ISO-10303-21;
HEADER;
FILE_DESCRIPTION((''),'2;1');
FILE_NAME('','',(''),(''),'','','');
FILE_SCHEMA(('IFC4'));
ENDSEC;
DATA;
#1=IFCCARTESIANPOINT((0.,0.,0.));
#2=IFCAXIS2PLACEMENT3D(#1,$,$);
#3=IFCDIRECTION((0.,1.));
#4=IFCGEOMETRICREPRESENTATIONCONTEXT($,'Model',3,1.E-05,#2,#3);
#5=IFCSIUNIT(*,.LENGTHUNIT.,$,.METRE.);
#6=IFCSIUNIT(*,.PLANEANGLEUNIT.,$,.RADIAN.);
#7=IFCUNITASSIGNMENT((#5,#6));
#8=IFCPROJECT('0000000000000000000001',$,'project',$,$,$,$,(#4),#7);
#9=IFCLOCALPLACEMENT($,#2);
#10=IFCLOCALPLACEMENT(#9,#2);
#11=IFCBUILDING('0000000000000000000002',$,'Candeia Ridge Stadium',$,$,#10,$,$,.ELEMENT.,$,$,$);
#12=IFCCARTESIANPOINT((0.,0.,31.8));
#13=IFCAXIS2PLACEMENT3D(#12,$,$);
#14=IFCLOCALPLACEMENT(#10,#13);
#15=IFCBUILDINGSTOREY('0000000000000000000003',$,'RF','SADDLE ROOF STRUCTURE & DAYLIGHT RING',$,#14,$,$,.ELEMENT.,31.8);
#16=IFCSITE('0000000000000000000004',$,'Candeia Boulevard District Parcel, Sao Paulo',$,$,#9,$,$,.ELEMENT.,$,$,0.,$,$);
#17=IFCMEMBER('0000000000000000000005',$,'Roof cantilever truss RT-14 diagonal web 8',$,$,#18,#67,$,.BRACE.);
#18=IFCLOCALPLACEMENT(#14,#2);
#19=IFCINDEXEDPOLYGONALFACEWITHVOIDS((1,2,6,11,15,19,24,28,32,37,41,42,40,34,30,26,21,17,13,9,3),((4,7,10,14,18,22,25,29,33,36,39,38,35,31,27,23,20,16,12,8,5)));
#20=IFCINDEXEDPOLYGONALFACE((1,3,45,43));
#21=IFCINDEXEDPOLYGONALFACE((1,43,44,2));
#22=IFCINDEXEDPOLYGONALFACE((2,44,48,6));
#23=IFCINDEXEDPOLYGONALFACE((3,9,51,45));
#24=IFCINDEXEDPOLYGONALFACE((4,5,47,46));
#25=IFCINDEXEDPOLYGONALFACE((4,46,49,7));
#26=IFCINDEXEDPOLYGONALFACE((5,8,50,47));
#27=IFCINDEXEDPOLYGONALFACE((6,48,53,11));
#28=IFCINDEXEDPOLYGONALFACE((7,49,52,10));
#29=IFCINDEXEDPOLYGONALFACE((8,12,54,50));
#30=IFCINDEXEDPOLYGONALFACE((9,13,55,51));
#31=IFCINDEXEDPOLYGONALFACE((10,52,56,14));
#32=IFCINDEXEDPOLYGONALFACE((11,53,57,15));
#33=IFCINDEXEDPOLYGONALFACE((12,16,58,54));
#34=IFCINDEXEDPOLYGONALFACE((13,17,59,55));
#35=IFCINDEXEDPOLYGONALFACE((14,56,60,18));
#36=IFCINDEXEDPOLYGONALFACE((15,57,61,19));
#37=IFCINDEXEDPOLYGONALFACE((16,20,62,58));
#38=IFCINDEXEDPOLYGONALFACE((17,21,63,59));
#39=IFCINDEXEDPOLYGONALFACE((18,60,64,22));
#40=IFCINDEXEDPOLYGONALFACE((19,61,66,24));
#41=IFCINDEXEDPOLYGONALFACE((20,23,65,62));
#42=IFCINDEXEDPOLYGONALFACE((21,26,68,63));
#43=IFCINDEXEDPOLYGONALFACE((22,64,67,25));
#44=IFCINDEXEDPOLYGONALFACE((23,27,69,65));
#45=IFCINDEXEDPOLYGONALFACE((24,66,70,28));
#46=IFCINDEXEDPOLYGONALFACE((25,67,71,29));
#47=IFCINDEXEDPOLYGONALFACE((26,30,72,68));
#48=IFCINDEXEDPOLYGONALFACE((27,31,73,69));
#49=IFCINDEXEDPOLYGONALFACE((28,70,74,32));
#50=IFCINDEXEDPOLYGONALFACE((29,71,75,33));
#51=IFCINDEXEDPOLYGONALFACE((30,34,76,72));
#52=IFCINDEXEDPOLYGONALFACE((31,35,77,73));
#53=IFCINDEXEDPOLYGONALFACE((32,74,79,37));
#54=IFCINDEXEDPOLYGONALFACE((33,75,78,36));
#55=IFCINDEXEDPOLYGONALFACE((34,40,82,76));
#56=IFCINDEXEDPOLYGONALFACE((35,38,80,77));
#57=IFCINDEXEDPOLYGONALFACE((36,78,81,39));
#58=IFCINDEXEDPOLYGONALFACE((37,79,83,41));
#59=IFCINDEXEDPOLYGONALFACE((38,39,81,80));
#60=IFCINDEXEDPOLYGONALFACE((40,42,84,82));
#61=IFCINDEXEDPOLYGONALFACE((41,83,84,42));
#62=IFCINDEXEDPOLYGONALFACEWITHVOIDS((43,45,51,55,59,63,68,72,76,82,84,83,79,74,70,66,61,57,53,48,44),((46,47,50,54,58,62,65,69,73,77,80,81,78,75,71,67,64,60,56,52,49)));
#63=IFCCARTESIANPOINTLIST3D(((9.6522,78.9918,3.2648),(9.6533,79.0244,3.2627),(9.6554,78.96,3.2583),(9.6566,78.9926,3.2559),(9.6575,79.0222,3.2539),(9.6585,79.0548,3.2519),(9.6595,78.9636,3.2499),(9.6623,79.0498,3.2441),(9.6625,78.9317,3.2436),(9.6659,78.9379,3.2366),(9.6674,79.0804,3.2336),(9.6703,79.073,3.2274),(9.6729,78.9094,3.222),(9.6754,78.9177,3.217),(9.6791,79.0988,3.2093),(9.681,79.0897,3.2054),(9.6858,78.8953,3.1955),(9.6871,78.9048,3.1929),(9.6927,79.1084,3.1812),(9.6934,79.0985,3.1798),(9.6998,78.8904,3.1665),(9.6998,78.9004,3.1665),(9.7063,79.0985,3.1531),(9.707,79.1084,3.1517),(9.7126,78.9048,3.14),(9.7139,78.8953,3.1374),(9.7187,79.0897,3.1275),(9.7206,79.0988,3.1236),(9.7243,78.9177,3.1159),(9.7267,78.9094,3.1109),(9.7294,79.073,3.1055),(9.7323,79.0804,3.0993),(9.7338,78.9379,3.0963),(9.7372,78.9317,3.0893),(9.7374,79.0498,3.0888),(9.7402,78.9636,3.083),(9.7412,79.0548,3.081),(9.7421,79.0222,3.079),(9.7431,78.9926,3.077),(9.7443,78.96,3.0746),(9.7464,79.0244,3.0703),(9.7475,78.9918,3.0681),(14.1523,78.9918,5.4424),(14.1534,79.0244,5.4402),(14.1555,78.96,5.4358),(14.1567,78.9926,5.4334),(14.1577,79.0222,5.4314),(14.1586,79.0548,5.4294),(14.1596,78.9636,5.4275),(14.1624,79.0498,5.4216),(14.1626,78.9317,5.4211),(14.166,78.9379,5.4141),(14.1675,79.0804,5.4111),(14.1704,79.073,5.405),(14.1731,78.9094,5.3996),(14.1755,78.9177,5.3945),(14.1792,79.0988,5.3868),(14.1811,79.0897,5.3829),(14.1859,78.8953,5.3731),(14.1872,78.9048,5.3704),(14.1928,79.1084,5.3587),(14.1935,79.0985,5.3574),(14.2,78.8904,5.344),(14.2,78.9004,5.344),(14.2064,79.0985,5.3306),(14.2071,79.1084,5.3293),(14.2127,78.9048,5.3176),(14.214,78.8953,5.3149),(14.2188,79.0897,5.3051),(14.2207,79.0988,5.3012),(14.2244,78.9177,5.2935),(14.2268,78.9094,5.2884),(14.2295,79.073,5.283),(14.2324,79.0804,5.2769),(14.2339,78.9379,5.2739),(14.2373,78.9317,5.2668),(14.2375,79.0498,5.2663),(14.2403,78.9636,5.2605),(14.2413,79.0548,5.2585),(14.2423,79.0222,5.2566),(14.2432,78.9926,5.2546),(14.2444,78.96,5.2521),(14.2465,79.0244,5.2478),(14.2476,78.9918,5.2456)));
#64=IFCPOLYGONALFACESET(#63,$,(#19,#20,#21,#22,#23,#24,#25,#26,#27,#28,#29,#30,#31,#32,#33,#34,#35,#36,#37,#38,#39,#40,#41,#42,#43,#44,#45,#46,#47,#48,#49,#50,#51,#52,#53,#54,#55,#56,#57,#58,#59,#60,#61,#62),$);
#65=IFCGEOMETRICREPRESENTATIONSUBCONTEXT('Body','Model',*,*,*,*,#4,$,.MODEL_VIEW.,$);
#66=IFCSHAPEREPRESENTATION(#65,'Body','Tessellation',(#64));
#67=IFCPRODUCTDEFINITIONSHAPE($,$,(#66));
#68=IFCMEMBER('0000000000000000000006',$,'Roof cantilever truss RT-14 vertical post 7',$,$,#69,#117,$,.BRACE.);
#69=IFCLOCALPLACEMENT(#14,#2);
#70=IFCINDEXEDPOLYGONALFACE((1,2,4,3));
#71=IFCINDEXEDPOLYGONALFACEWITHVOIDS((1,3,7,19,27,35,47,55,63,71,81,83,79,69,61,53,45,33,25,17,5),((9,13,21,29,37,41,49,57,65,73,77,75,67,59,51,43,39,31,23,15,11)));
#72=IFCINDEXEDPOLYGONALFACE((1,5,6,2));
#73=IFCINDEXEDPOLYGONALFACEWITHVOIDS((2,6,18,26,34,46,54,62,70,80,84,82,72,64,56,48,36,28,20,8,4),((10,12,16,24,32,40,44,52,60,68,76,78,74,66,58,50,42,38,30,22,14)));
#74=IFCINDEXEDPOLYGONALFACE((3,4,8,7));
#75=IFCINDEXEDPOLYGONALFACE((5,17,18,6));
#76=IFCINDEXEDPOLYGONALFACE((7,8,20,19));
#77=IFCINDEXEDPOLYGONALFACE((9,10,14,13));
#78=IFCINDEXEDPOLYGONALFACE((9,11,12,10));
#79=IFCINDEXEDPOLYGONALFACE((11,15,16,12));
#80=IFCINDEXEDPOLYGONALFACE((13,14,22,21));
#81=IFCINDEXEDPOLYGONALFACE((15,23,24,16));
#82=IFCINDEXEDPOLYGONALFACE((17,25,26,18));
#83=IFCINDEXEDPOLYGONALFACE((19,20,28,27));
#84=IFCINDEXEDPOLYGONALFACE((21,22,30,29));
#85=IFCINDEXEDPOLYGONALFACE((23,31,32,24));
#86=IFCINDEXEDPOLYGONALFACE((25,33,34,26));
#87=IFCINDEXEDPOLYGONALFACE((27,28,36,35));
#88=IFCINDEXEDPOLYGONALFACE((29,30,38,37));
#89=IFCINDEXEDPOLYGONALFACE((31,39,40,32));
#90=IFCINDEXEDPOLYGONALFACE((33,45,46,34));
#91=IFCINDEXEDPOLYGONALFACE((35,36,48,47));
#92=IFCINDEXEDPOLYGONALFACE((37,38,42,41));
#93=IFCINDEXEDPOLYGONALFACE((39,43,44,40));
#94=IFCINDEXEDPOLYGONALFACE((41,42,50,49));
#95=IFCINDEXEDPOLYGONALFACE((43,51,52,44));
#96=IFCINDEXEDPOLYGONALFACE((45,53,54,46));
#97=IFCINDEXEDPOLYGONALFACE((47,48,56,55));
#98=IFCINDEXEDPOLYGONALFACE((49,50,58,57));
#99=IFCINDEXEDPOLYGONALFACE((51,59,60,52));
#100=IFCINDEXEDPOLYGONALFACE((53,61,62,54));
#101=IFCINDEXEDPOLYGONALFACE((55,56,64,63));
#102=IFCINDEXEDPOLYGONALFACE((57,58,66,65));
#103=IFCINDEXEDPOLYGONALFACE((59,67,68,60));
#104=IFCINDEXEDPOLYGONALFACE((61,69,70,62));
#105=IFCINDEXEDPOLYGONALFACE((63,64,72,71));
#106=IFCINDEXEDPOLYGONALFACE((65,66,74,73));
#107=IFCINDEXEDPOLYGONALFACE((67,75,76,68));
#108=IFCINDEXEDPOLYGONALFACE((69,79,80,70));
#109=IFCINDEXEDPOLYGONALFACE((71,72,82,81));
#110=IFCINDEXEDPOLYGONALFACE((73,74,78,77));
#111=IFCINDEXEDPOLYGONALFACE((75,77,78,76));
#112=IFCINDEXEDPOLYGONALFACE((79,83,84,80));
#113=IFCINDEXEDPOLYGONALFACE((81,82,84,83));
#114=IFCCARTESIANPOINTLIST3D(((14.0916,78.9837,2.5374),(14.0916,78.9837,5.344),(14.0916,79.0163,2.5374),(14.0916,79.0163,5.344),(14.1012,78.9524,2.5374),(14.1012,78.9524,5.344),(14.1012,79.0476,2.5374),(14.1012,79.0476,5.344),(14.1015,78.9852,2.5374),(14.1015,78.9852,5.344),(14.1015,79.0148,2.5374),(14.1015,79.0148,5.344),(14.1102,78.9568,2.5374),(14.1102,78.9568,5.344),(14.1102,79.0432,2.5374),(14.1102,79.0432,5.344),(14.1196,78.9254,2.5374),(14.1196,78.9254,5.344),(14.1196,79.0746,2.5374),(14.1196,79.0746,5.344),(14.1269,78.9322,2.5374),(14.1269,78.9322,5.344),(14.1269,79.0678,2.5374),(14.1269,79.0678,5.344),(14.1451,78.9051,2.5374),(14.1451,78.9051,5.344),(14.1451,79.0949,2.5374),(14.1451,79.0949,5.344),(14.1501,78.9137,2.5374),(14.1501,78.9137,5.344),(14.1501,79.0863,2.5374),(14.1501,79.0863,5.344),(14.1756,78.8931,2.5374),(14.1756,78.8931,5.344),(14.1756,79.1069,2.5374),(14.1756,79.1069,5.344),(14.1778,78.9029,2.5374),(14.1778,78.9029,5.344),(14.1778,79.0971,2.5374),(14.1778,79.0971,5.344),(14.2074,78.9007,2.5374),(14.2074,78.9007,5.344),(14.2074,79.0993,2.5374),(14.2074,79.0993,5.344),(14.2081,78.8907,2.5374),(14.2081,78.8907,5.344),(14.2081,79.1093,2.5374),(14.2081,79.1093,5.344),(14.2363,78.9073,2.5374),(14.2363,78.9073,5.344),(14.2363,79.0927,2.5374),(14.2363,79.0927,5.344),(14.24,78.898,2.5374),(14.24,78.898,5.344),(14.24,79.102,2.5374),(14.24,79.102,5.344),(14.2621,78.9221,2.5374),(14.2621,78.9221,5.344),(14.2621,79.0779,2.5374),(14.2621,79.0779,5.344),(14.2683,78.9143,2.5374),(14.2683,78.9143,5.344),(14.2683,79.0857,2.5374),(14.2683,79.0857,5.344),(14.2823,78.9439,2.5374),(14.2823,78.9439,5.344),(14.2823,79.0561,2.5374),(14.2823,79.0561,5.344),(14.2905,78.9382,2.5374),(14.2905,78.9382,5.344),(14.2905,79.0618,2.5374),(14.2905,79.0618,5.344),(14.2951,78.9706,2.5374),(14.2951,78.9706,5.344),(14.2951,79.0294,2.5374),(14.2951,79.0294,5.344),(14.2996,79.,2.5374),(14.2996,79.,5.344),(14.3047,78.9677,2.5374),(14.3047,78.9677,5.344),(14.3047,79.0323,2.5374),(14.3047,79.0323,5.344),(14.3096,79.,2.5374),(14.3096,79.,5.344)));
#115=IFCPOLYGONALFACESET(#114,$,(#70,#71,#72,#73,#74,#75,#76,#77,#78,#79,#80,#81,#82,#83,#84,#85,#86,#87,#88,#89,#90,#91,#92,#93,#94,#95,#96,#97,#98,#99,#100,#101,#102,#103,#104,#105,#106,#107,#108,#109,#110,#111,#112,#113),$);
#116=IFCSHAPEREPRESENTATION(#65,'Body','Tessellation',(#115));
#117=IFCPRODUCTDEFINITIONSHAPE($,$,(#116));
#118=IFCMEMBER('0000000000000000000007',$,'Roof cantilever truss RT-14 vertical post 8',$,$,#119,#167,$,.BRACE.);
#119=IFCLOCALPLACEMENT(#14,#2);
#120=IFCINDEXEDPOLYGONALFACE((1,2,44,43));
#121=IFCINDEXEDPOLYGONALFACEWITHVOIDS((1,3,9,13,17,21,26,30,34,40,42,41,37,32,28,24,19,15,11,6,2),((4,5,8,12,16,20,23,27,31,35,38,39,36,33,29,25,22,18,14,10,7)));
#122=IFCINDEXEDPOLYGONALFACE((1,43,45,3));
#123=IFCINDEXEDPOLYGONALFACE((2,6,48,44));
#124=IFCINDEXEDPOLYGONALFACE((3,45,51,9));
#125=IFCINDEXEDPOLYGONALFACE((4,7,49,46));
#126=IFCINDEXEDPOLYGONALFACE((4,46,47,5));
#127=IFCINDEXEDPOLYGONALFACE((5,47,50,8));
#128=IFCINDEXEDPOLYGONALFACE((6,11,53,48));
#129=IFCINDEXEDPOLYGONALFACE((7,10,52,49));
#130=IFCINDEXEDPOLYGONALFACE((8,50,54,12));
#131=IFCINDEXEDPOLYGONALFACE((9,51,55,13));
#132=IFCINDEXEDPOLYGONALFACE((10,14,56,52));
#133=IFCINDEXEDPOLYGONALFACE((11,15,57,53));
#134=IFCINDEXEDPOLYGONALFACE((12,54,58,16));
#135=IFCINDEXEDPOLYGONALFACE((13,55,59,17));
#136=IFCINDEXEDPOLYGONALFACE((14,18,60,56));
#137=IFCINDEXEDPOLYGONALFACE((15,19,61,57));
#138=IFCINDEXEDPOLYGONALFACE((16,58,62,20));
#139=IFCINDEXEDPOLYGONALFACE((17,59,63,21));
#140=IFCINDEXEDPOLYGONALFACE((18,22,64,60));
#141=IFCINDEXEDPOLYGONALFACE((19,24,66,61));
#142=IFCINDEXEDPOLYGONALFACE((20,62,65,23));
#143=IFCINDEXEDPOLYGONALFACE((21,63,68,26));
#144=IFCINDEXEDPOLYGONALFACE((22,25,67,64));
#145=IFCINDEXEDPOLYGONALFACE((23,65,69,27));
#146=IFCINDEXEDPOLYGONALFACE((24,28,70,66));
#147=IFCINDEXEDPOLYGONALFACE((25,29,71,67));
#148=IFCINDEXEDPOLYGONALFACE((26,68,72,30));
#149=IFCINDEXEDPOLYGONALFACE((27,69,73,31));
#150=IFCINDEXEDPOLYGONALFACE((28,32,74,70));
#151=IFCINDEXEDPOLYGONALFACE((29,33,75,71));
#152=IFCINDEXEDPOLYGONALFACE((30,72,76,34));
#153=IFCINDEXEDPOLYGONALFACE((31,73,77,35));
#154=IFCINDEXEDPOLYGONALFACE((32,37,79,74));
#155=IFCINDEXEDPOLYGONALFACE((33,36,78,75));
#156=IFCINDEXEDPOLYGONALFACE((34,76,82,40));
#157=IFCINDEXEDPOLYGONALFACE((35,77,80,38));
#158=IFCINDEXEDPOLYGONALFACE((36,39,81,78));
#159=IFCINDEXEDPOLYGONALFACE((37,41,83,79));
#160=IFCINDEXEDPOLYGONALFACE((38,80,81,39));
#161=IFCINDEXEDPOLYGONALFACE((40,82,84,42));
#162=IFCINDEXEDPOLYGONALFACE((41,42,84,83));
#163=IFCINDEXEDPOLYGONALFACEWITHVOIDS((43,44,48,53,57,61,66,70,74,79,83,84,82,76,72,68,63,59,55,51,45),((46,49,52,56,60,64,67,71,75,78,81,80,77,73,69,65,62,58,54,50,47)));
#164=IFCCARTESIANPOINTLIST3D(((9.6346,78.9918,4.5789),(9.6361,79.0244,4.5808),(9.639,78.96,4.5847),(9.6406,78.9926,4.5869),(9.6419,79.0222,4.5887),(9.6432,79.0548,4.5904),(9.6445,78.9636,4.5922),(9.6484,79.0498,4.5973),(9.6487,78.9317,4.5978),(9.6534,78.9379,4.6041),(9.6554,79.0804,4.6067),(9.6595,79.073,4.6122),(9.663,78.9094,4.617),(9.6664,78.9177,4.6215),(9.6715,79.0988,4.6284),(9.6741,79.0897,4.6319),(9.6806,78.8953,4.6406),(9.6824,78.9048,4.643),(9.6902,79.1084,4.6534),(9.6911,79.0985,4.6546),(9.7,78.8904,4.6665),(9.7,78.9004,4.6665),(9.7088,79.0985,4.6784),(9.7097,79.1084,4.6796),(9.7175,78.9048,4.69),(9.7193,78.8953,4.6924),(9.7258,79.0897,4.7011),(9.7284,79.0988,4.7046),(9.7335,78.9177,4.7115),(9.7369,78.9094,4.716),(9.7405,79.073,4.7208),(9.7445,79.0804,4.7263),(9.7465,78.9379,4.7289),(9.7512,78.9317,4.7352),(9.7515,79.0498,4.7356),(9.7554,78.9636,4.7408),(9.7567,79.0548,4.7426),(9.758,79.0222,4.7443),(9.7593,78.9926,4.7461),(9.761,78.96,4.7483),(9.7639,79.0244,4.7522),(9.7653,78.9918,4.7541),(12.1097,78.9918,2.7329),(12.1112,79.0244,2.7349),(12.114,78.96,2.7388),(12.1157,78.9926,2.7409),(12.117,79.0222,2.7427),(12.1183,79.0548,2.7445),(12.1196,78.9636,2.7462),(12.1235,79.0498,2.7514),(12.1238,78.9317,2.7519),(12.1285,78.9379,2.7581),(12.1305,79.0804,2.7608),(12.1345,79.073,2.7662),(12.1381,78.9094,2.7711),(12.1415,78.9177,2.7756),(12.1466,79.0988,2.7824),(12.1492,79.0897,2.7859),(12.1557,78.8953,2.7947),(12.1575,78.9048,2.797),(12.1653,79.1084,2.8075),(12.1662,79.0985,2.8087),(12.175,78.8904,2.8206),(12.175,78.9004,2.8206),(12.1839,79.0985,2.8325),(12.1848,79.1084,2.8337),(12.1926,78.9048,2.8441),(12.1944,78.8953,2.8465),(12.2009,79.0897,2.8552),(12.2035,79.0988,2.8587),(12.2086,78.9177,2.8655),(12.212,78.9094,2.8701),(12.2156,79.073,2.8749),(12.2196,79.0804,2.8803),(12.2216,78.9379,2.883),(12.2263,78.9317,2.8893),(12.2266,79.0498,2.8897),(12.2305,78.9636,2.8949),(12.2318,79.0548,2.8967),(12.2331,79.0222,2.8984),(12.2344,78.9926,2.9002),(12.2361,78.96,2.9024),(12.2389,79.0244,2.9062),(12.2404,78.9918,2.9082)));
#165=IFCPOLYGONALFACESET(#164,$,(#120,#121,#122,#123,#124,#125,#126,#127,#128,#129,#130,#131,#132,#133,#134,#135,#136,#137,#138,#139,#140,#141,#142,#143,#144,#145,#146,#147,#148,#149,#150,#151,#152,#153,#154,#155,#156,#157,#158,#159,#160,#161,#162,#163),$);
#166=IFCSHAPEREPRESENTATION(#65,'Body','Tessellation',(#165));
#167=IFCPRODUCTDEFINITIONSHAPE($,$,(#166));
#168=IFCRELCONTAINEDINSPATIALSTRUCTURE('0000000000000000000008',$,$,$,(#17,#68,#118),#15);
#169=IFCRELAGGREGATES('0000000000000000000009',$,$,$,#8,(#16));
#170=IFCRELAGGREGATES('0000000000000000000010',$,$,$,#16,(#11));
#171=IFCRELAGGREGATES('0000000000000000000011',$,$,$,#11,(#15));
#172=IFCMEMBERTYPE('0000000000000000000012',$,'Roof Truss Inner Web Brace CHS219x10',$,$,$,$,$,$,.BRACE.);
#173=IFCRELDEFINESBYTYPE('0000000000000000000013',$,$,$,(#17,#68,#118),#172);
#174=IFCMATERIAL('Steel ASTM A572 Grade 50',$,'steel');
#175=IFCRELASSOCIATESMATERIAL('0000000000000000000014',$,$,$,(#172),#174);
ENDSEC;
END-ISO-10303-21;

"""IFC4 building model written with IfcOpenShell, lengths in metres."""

from ifc_helpers import new_model, si_unit, direction, frame, origin, origin_2d, place, context, subcontext, project, spatial, hollow_circle, extrude, material, material_profile, profile_set, type_object, element, save


model = new_model("IFC4")

# Units and contexts
model_context = context("Model", 3, precision=1e-05, world=origin(), true_north=direction((0.0, 1.0)))
body_context = subcontext(model_context, "Body", "Model", "MODEL_VIEW")
ifc_project = project(units=[si_unit("LENGTHUNIT", "METRE"), si_unit("PLANEANGLEUNIT", "RADIAN")], contexts=[model_context])

# Site, building, storey
site_placement = place(None, origin())
site = spatial("IfcSite", under=ifc_project, at=site_placement, Name="Candeia Boulevard District Parcel, Sao Paulo", CompositionType="ELEMENT", RefElevation=0.0)
building_placement = place(site_placement, origin())
building = spatial("IfcBuilding", under=site, at=building_placement, Name="Candeia Ridge Stadium", CompositionType="ELEMENT")
storey_placement = place(building_placement, frame((0.0, 0.0, 31.8)))
storey = spatial("IfcBuildingStorey", under=building, at=storey_placement, Name="RF", Description="SADDLE ROOF STRUCTURE & DAYLIGHT RING", CompositionType="ELEMENT", Elevation=31.8)

# Shared definitions
ifc_material_1 = material(Name="Steel ASTM A572 Grade 50", Category="steel")

# Members
ifc_material_profile_1 = material_profile(ifc_material_1, hollow_circle(Radius=0.1096, WallThickness=0.01, at=origin_2d()), Name="CHS219x10", Category="steel")
ifc_profile_set_1 = profile_set([ifc_material_profile_1], Name="Steel ASTM A572 Grade 50")
member_type_1 = type_object("IfcMemberType", Name="Roof Truss Inner Web Brace CHS219x10", PredefinedType="BRACE", material=ifc_profile_set_1)
member_1_placement = place(storey_placement, frame((14.2, 79.0, 5.344), z_axis=(-0.900154, 0.0, -0.435572), x_axis=(0.0, -1.0, 0.0)))
element("IfcMember", 1, at=member_1_placement, inside=storey, type_object=member_type_1, Name="Roof cantilever truss RT-14 diagonal web 8", PredefinedType="BRACE", context=body_context, shape_type="SweptSolid", body=[
    extrude(hollow_circle(Radius=0.1096, WallThickness=0.01, at=origin_2d()), origin(), (0.0, 0.0, 1.0), 4.9993),
])
member_2_placement = place(storey_placement, frame((14.2, 79.0, 2.5374), z_axis=(0.0, 0.0, 1.0), x_axis=(1.0, 0.0, 0.0)))
element("IfcMember", 2, at=member_2_placement, inside=storey, type_object=member_type_1, Name="Roof cantilever truss RT-14 vertical post 7", PredefinedType="BRACE", context=body_context, shape_type="SweptSolid", body=[
    extrude(hollow_circle(Radius=0.1096, WallThickness=0.01, at=origin_2d()), origin(), (0.0, 0.0, 1.0), 2.8066),
])
member_3_placement = place(storey_placement, frame((12.175, 79.0, 2.8206), z_axis=(-0.80161, 0.0, 0.597847), x_axis=(0.0, -1.0, 0.0)))
element("IfcMember", 3, at=member_3_placement, inside=storey, type_object=member_type_1, Name="Roof cantilever truss RT-14 vertical post 8", PredefinedType="BRACE", context=body_context, shape_type="SweptSolid", body=[
    extrude(hollow_circle(Radius=0.1096, WallThickness=0.01, at=origin_2d()), origin(), (0.0, 0.0, 1.0), 3.0876),
])

save(model, "model.ifc")
